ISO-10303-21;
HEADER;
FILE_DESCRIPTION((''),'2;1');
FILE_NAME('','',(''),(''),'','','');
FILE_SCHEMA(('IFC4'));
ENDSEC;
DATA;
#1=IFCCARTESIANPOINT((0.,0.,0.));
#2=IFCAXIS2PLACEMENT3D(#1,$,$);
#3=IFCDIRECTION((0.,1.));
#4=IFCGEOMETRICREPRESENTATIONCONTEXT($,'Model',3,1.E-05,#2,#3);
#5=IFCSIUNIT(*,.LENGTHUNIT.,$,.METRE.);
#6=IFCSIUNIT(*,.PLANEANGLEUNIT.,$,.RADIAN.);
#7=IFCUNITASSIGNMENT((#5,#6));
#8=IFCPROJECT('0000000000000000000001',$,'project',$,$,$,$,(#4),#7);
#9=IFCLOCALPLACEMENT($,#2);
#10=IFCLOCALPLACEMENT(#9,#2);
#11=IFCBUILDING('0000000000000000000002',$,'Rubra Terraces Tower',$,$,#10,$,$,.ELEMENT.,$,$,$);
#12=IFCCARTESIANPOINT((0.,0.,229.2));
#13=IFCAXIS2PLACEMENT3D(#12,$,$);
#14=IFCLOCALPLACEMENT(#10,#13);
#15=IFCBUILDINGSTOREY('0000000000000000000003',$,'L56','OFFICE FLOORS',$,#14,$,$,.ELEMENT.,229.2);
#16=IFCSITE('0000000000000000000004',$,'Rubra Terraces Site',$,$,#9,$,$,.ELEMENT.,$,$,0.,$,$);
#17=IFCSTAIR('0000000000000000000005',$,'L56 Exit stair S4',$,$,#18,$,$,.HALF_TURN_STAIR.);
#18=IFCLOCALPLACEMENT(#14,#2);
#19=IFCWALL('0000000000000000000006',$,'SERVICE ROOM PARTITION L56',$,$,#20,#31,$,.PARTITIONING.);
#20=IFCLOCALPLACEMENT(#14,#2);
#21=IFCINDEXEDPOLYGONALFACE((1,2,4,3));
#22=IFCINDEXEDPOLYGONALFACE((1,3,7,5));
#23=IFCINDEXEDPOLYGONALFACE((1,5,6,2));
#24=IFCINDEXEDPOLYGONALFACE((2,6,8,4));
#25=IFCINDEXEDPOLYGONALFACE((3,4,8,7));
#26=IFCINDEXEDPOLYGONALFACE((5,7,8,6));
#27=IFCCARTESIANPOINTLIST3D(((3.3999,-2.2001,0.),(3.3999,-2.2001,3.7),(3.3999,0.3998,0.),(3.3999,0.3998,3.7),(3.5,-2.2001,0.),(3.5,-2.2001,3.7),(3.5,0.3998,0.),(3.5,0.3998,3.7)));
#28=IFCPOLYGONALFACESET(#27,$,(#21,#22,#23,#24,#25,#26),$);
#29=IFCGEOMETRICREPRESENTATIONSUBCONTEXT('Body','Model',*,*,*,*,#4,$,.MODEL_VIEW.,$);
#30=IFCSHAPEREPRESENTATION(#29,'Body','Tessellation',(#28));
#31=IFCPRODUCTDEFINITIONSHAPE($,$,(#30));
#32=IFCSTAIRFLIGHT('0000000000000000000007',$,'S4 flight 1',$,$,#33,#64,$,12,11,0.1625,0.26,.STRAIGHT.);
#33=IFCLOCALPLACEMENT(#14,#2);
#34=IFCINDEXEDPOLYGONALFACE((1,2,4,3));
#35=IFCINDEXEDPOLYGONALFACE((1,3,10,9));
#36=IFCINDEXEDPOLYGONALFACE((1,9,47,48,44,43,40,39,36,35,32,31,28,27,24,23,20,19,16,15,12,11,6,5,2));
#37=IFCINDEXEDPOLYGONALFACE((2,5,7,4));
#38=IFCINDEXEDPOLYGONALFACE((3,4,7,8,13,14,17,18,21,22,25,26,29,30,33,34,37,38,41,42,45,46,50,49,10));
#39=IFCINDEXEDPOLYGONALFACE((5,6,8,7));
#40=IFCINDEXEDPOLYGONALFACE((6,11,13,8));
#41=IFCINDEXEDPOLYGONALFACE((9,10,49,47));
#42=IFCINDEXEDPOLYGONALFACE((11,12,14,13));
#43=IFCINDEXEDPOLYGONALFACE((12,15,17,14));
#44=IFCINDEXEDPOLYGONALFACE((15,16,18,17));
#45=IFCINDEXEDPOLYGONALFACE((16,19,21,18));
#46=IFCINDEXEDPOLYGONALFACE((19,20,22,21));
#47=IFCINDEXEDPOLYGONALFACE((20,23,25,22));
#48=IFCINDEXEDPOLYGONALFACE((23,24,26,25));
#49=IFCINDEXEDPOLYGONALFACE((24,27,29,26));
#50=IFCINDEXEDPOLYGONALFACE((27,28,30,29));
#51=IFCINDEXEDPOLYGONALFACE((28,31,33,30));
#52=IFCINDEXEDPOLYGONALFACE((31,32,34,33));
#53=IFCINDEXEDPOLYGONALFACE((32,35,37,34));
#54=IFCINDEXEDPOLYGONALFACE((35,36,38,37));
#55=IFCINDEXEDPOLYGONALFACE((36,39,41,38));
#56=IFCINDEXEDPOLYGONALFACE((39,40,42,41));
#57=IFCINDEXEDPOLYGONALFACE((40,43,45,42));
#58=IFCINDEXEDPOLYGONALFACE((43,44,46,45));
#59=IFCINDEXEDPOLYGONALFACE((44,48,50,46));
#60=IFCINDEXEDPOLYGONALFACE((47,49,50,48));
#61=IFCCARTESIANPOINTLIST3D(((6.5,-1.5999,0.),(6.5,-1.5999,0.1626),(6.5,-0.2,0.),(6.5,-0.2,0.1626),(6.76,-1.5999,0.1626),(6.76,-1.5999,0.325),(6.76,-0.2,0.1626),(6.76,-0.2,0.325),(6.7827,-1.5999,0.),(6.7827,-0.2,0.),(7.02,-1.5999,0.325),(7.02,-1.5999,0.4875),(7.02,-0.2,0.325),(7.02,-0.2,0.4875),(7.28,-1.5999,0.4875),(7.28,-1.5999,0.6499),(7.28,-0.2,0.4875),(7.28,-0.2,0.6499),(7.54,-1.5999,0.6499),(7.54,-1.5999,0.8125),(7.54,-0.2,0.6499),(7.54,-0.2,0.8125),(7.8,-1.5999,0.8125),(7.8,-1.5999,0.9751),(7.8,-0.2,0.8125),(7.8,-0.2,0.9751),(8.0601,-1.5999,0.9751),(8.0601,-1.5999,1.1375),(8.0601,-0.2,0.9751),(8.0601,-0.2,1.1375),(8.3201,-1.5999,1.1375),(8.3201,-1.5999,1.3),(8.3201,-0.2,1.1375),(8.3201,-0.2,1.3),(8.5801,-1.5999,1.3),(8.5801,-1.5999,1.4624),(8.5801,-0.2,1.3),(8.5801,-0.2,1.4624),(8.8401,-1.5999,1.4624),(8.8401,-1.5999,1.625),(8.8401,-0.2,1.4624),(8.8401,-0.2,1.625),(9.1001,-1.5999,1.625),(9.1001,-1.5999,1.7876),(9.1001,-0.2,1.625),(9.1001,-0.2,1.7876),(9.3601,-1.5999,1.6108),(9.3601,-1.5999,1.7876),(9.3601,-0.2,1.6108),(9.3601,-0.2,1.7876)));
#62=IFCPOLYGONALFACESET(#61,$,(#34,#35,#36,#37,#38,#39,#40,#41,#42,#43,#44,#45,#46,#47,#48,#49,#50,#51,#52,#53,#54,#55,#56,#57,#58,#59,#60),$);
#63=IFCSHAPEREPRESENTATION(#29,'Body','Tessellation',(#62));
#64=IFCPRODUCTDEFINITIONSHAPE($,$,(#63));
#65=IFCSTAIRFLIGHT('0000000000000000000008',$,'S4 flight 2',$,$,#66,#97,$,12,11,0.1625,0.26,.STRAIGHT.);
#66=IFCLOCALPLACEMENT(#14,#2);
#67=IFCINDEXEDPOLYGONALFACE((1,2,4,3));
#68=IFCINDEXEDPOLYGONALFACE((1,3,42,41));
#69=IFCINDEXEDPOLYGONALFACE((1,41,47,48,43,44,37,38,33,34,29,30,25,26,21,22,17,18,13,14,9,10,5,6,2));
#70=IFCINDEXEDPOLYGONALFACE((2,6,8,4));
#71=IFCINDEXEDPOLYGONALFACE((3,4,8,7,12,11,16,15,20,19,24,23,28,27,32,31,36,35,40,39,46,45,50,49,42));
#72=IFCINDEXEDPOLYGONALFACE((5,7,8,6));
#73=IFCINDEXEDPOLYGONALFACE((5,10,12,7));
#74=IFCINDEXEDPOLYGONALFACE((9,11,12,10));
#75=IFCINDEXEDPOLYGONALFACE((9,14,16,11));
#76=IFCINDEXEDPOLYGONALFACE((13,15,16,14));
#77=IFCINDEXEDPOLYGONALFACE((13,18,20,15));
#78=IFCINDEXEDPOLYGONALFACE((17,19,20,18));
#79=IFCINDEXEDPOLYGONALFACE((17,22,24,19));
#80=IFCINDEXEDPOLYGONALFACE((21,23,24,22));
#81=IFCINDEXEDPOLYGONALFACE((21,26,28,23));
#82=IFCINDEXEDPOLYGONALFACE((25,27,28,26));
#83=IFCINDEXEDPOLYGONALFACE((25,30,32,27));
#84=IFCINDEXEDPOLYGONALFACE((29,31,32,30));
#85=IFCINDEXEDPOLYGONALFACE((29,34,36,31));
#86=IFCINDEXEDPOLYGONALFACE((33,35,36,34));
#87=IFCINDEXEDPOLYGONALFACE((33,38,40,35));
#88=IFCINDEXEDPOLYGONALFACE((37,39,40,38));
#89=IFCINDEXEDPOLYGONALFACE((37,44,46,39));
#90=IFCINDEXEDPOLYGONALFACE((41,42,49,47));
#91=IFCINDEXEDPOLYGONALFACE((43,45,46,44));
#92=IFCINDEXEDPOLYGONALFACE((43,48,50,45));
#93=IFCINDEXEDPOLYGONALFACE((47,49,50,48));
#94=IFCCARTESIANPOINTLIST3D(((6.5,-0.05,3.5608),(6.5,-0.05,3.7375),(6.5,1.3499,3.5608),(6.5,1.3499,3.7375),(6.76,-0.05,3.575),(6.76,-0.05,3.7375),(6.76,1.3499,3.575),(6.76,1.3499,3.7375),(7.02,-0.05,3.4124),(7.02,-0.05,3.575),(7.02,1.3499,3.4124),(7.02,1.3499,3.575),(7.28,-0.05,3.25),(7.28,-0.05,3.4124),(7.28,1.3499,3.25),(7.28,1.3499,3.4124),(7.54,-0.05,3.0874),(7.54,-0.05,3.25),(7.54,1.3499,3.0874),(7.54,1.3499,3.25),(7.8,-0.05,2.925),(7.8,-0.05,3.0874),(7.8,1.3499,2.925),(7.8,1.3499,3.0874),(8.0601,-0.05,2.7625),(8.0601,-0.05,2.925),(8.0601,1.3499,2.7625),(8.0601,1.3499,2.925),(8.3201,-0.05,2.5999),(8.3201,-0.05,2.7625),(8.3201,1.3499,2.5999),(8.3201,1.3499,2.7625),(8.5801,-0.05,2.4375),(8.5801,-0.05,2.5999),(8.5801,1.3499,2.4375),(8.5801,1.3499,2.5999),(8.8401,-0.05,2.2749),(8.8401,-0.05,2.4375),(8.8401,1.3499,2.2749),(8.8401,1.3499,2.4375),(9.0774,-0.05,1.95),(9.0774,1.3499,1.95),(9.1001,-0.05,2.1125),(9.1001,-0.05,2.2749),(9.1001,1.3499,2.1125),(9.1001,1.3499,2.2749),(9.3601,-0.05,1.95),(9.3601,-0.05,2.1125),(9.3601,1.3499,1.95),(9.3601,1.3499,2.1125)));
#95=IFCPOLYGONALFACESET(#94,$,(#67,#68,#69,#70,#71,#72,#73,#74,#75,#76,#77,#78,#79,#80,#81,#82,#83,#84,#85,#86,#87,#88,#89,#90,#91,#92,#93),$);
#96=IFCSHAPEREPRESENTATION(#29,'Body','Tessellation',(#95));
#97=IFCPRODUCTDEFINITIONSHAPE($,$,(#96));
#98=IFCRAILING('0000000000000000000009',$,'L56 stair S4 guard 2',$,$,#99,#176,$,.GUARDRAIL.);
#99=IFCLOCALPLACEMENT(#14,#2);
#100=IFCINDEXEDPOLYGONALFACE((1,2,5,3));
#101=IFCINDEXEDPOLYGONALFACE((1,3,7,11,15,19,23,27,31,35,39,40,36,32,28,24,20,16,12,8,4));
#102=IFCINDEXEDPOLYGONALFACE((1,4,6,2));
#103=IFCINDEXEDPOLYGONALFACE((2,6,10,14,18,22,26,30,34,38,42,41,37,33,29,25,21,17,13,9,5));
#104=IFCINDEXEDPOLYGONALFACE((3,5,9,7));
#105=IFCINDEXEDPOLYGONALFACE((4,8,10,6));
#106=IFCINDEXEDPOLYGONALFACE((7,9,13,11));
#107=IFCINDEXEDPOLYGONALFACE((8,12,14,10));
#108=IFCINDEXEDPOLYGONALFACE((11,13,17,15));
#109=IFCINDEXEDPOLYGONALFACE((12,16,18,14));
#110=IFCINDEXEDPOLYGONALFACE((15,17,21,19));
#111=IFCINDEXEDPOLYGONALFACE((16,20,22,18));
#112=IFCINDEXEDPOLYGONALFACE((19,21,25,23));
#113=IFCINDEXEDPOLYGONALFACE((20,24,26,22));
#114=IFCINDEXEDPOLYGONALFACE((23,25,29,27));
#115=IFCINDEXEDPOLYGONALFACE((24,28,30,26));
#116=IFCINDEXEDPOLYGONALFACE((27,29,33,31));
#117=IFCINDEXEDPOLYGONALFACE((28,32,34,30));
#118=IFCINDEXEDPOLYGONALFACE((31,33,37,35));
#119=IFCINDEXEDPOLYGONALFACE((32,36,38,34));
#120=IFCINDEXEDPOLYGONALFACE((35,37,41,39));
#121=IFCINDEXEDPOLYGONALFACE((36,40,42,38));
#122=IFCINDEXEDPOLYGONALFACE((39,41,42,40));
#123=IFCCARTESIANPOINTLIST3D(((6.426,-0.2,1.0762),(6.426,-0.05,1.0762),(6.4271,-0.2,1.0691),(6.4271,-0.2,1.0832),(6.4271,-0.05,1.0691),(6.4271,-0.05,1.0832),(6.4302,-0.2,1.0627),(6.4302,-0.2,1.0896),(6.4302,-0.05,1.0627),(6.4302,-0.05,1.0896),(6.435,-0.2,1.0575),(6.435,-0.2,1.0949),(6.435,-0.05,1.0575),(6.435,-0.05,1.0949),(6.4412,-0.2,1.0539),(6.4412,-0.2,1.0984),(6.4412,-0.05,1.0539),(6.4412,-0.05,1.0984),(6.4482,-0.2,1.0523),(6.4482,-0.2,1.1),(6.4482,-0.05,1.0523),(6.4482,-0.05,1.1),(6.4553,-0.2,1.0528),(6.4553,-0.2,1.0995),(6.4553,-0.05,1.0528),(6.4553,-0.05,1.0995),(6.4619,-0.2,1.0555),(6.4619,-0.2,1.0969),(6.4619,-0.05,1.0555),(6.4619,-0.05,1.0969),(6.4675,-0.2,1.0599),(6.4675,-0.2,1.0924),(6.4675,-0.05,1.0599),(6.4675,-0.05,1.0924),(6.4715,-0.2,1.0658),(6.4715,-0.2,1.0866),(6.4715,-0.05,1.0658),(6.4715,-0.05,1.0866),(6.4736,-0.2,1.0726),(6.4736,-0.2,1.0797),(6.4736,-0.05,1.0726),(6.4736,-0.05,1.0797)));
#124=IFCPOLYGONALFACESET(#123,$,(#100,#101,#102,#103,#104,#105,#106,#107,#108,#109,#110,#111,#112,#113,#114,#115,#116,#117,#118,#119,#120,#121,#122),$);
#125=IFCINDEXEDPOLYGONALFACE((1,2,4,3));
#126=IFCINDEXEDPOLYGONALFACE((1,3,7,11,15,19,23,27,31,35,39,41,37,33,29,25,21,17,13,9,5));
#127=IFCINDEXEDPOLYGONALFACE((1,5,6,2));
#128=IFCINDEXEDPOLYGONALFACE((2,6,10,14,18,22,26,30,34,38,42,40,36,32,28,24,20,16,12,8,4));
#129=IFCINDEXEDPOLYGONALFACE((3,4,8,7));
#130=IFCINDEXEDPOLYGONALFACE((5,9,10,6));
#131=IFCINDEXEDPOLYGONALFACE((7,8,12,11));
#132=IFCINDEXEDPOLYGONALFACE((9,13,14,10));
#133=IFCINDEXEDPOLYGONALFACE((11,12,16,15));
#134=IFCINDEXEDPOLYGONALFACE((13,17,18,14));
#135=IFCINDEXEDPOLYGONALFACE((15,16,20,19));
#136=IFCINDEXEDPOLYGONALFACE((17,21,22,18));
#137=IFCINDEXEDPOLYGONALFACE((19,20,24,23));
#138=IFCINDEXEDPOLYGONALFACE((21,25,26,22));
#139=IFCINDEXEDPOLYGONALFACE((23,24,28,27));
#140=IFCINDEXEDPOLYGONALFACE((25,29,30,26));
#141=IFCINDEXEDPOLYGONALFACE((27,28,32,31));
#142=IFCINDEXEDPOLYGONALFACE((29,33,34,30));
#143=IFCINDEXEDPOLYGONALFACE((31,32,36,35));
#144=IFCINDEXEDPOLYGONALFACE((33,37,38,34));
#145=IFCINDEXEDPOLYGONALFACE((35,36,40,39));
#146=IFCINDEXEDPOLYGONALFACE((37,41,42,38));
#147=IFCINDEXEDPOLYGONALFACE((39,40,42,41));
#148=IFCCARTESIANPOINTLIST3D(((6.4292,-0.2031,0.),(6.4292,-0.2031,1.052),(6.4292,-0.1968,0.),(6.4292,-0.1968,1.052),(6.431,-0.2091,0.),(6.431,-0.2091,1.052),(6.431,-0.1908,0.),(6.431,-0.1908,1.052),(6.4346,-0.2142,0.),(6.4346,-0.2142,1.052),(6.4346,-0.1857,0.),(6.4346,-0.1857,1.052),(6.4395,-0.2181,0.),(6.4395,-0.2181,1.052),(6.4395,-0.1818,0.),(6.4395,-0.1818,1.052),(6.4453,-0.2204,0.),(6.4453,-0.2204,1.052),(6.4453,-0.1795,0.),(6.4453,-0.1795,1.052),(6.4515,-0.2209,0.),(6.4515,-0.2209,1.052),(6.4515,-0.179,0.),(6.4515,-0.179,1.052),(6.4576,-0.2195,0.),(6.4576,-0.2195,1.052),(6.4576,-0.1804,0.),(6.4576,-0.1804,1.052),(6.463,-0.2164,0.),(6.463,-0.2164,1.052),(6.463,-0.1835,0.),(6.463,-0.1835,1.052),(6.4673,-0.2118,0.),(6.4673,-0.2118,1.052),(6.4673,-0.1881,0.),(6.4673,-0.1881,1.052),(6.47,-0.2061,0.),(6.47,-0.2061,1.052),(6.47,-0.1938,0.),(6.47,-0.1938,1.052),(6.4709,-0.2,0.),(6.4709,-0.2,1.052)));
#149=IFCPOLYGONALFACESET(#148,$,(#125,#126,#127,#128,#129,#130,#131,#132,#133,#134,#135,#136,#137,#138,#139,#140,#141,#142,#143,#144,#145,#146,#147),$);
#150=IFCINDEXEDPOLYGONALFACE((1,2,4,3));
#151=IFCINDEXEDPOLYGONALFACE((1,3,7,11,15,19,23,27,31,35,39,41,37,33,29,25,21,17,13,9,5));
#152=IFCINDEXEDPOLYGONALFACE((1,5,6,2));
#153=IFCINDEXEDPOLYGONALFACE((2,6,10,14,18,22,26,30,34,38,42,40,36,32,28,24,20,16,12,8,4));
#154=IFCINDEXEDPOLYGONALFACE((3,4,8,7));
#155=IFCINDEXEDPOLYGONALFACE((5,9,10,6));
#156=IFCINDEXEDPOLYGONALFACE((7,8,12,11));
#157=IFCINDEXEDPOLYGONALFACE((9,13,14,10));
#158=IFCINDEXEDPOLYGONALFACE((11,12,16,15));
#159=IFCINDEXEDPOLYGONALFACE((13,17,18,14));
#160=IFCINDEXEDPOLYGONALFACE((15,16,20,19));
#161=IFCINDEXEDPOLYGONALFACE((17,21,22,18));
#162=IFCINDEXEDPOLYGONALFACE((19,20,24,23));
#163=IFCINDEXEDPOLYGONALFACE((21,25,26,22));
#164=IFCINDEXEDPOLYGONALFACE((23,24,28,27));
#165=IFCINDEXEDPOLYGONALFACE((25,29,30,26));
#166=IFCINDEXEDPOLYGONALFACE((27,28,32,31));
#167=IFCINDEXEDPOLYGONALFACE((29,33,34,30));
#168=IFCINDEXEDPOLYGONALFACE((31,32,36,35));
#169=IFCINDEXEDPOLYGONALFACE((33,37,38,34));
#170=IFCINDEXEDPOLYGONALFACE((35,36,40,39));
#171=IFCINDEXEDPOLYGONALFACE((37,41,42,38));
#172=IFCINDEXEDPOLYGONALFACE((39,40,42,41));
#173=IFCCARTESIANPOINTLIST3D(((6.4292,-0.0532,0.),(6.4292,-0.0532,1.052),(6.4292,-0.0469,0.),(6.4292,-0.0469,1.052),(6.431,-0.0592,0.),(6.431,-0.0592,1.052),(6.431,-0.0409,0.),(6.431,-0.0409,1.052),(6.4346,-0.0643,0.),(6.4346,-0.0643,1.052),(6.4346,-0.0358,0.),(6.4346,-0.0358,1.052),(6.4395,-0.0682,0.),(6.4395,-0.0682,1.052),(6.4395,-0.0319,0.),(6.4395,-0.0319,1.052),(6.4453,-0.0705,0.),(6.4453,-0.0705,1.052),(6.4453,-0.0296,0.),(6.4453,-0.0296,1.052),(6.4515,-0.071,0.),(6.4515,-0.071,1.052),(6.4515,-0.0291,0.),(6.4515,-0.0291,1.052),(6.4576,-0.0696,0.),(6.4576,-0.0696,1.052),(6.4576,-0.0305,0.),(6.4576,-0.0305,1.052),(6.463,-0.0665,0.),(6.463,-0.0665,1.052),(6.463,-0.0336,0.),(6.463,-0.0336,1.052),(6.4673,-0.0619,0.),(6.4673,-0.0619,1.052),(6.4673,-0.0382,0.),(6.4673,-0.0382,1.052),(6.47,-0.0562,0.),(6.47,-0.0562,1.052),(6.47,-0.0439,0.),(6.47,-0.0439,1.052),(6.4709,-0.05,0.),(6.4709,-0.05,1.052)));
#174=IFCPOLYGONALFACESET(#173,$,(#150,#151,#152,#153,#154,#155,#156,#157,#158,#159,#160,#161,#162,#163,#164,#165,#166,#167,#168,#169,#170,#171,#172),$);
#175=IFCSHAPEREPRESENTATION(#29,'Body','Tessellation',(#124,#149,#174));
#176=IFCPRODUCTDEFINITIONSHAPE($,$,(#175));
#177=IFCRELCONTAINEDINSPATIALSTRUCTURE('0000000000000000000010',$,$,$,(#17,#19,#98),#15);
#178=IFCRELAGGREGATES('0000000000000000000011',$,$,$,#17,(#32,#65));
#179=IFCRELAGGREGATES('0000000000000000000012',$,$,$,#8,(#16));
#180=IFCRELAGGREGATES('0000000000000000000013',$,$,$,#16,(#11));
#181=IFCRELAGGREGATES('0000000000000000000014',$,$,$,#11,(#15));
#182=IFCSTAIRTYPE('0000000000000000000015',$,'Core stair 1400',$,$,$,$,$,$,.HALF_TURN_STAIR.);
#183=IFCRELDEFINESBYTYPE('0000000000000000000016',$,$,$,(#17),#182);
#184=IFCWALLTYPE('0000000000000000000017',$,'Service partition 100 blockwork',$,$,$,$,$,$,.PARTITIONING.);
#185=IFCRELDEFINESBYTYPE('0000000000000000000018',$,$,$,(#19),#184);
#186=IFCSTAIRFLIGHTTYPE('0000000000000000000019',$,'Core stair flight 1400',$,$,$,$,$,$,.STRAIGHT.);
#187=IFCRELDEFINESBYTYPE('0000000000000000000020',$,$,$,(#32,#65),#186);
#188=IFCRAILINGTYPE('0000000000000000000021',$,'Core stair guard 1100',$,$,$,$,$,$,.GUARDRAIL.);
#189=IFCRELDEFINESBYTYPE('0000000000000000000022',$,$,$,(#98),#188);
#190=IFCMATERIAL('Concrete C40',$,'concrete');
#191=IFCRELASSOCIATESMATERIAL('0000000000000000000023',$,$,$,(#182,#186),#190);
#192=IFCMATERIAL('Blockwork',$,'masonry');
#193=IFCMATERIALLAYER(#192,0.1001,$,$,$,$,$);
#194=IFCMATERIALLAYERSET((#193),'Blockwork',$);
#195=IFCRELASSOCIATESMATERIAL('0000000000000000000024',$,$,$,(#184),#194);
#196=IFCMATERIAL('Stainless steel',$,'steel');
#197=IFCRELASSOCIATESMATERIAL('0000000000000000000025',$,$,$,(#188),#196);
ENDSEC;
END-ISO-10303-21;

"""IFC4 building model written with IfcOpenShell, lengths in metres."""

from ifc_helpers import new_model, si_unit, direction, frame, frame_2d, origin, origin_2d, place, context, subcontext, project, spatial, polyline, rectangle, circle, outline, extrude, material, layer, layer_set, type_object, element, aggregate, save


model = new_model("IFC4")

# Units and contexts
model_context = context("Model", 3, precision=1e-05, world=origin(), true_north=direction((0.0, 1.0)))
body_context = subcontext(model_context, "Body", "Model", "MODEL_VIEW")
ifc_project = project(units=[si_unit("LENGTHUNIT", "METRE"), si_unit("PLANEANGLEUNIT", "RADIAN")], contexts=[model_context])

# Site, building, storey
site_placement = place(None, origin())
site = spatial("IfcSite", under=ifc_project, at=site_placement, Name="Rubra Terraces Site", CompositionType="ELEMENT", RefElevation=0.0)
building_placement = place(site_placement, origin())
building = spatial("IfcBuilding", under=site, at=building_placement, Name="Rubra Terraces Tower", CompositionType="ELEMENT")
storey_placement = place(building_placement, frame((0.0, 0.0, 229.2)))
storey = spatial("IfcBuildingStorey", under=building, at=storey_placement, Name="L56", Description="OFFICE FLOORS", CompositionType="ELEMENT", Elevation=229.2)

# Stair
ifc_material_1 = material(Name="Concrete C40", Category="concrete")
stair_type = type_object("IfcStairType", Name="Core stair 1400", PredefinedType="HALF_TURN_STAIR", material=ifc_material_1)
stair_1_placement = place(storey_placement, origin())
stair_1 = element("IfcStair", 1, at=stair_1_placement, inside=storey, type_object=stair_type, Name="L56 Exit stair S4", PredefinedType="HALF_TURN_STAIR")

# Wall
ifc_material_2 = material(Name="Blockwork", Category="masonry")
ifc_layer_1 = layer(ifc_material_2, 0.1001)
ifc_layer_set_1 = layer_set([ifc_layer_1], Name="Blockwork")
wall_type_1 = type_object("IfcWallType", Name="Service partition 100 blockwork", PredefinedType="PARTITIONING", material=ifc_layer_set_1)
for number, where, z_axis, x_axis, name in (
    (2, (3.45, -2.2, 0.0), (0.0, 0.0, 1.0), (0.0, 1.0, 0.0), "SERVICE ROOM PARTITION L56"),
):
    element("IfcWall", number, at=place(storey_placement, frame(where, z_axis=z_axis, x_axis=x_axis)), inside=storey, type_object=wall_type_1, Name=name, PredefinedType="PARTITIONING", context=body_context, shape_type="SweptSolid", body=[
        extrude(rectangle(XDim=2.5999, YDim=0.1001, at=frame_2d((1.2998, 0.0))), origin(), (0.0, 0.0, 1.0), 3.7),
    ])

# Stair flights
stair_flight_type = type_object("IfcStairFlightType", Name="Core stair flight 1400", PredefinedType="STRAIGHT", material=ifc_material_1)
stair_flight_1_placement = place(storey_placement, frame((6.5, -0.8999, 0.0), z_axis=(0.0, 0.0, 1.0), x_axis=(1.0, 0.0, 0.0)))
stair_flight_1 = element("IfcStairFlight", 3, at=stair_flight_1_placement, type_object=stair_flight_type, Name="S4 flight 1", NumberOfRisers=12, NumberOfTreads=11, PredefinedType="STRAIGHT", RiserHeight=0.1625, TreadLength=0.26, context=body_context, shape_type="SweptSolid", body=[
    extrude(outline(polyline([(0.0, 0.0), (0.0, 0.1626), (0.26, 0.1626), (0.26, 0.325), (0.52, 0.325), (0.52, 0.4875), (0.78, 0.4875), (0.78, 0.6499), (1.04, 0.6499), (1.04, 0.8125), (1.3, 0.8125), (1.3, 0.9751), (1.5601, 0.9751), (1.5601, 1.1375), (1.8201, 1.1375), (1.8201, 1.3), (2.0801, 1.3), (2.0801, 1.4624), (2.3401, 1.4624), (2.3401, 1.625), (2.6001, 1.625), (2.6001, 1.7876), (2.8601, 1.7876), (2.8601, 1.95), (2.8601, 1.6108), (0.2827, 0.0), (0.0, 0.0)])), frame((0.0, 0.7, 0.0), z_axis=(0.0, -1.0, 0.0), x_axis=(1.0, 0.0, 0.0)), (0.0, 0.0, 1.0), 1.3999),
])
stair_flight_2_placement = place(storey_placement, frame((9.3601, 0.6499, 1.95), z_axis=(0.0, 0.0, 1.0), x_axis=(-1.0, 0.0, 0.0)))
stair_flight_2 = element("IfcStairFlight", 4, at=stair_flight_2_placement, type_object=stair_flight_type, Name="S4 flight 2", NumberOfRisers=12, NumberOfTreads=11, PredefinedType="STRAIGHT", RiserHeight=0.1625, TreadLength=0.26, context=body_context, shape_type="SweptSolid", body=[
    extrude(outline(polyline([(0.0, 0.0), (0.0, 0.1626), (0.26, 0.1626), (0.26, 0.325), (0.52, 0.325), (0.52, 0.4875), (0.78, 0.4875), (0.78, 0.6499), (1.04, 0.6499), (1.04, 0.8125), (1.3, 0.8125), (1.3, 0.9751), (1.5601, 0.9751), (1.5601, 1.1375), (1.8201, 1.1375), (1.8201, 1.3), (2.0801, 1.3), (2.0801, 1.4624), (2.3401, 1.4624), (2.3401, 1.625), (2.6001, 1.625), (2.6001, 1.7876), (2.8601, 1.7876), (2.8601, 1.95), (2.8601, 1.6108), (0.2827, 0.0), (0.0, 0.0)])), frame((0.0, 0.7, 0.0), z_axis=(0.0, -1.0, 0.0), x_axis=(1.0, 0.0, 0.0)), (0.0, 0.0, 1.0), 1.3999),
])
aggregate(stair_1, [stair_flight_1, stair_flight_2])

# Railing
ifc_material_3 = material(Name="Stainless steel", Category="steel")
railing_type_1 = type_object("IfcRailingType", Name="Core stair guard 1100", PredefinedType="GUARDRAIL", material=ifc_material_3)
railing_1_placement = place(storey_placement, frame((6.45, -0.2, 0.0)))
element("IfcRailing", 5, at=railing_1_placement, inside=storey, type_object=railing_type_1, Name="L56 stair S4 guard 2", PredefinedType="GUARDRAIL", context=body_context, shape_type="SweptSolid", body=[
    extrude(circle(Radius=0.0239, at=origin_2d()), frame((0.0, 0.0, 1.0762), z_axis=(0.0, 1.0, 0.0), x_axis=(-1.0, 0.0, 0.0)), (0.0, 0.0, 1.0), 0.1499),
    extrude(circle(Radius=0.021, at=origin_2d()), origin(), (0.0, 0.0, 1.0), 1.052),
    extrude(circle(Radius=0.021, at=origin_2d()), frame((0.0, 0.1499, 0.0)), (0.0, 0.0, 1.0), 1.052),
])

save(model, "model.ifc")
